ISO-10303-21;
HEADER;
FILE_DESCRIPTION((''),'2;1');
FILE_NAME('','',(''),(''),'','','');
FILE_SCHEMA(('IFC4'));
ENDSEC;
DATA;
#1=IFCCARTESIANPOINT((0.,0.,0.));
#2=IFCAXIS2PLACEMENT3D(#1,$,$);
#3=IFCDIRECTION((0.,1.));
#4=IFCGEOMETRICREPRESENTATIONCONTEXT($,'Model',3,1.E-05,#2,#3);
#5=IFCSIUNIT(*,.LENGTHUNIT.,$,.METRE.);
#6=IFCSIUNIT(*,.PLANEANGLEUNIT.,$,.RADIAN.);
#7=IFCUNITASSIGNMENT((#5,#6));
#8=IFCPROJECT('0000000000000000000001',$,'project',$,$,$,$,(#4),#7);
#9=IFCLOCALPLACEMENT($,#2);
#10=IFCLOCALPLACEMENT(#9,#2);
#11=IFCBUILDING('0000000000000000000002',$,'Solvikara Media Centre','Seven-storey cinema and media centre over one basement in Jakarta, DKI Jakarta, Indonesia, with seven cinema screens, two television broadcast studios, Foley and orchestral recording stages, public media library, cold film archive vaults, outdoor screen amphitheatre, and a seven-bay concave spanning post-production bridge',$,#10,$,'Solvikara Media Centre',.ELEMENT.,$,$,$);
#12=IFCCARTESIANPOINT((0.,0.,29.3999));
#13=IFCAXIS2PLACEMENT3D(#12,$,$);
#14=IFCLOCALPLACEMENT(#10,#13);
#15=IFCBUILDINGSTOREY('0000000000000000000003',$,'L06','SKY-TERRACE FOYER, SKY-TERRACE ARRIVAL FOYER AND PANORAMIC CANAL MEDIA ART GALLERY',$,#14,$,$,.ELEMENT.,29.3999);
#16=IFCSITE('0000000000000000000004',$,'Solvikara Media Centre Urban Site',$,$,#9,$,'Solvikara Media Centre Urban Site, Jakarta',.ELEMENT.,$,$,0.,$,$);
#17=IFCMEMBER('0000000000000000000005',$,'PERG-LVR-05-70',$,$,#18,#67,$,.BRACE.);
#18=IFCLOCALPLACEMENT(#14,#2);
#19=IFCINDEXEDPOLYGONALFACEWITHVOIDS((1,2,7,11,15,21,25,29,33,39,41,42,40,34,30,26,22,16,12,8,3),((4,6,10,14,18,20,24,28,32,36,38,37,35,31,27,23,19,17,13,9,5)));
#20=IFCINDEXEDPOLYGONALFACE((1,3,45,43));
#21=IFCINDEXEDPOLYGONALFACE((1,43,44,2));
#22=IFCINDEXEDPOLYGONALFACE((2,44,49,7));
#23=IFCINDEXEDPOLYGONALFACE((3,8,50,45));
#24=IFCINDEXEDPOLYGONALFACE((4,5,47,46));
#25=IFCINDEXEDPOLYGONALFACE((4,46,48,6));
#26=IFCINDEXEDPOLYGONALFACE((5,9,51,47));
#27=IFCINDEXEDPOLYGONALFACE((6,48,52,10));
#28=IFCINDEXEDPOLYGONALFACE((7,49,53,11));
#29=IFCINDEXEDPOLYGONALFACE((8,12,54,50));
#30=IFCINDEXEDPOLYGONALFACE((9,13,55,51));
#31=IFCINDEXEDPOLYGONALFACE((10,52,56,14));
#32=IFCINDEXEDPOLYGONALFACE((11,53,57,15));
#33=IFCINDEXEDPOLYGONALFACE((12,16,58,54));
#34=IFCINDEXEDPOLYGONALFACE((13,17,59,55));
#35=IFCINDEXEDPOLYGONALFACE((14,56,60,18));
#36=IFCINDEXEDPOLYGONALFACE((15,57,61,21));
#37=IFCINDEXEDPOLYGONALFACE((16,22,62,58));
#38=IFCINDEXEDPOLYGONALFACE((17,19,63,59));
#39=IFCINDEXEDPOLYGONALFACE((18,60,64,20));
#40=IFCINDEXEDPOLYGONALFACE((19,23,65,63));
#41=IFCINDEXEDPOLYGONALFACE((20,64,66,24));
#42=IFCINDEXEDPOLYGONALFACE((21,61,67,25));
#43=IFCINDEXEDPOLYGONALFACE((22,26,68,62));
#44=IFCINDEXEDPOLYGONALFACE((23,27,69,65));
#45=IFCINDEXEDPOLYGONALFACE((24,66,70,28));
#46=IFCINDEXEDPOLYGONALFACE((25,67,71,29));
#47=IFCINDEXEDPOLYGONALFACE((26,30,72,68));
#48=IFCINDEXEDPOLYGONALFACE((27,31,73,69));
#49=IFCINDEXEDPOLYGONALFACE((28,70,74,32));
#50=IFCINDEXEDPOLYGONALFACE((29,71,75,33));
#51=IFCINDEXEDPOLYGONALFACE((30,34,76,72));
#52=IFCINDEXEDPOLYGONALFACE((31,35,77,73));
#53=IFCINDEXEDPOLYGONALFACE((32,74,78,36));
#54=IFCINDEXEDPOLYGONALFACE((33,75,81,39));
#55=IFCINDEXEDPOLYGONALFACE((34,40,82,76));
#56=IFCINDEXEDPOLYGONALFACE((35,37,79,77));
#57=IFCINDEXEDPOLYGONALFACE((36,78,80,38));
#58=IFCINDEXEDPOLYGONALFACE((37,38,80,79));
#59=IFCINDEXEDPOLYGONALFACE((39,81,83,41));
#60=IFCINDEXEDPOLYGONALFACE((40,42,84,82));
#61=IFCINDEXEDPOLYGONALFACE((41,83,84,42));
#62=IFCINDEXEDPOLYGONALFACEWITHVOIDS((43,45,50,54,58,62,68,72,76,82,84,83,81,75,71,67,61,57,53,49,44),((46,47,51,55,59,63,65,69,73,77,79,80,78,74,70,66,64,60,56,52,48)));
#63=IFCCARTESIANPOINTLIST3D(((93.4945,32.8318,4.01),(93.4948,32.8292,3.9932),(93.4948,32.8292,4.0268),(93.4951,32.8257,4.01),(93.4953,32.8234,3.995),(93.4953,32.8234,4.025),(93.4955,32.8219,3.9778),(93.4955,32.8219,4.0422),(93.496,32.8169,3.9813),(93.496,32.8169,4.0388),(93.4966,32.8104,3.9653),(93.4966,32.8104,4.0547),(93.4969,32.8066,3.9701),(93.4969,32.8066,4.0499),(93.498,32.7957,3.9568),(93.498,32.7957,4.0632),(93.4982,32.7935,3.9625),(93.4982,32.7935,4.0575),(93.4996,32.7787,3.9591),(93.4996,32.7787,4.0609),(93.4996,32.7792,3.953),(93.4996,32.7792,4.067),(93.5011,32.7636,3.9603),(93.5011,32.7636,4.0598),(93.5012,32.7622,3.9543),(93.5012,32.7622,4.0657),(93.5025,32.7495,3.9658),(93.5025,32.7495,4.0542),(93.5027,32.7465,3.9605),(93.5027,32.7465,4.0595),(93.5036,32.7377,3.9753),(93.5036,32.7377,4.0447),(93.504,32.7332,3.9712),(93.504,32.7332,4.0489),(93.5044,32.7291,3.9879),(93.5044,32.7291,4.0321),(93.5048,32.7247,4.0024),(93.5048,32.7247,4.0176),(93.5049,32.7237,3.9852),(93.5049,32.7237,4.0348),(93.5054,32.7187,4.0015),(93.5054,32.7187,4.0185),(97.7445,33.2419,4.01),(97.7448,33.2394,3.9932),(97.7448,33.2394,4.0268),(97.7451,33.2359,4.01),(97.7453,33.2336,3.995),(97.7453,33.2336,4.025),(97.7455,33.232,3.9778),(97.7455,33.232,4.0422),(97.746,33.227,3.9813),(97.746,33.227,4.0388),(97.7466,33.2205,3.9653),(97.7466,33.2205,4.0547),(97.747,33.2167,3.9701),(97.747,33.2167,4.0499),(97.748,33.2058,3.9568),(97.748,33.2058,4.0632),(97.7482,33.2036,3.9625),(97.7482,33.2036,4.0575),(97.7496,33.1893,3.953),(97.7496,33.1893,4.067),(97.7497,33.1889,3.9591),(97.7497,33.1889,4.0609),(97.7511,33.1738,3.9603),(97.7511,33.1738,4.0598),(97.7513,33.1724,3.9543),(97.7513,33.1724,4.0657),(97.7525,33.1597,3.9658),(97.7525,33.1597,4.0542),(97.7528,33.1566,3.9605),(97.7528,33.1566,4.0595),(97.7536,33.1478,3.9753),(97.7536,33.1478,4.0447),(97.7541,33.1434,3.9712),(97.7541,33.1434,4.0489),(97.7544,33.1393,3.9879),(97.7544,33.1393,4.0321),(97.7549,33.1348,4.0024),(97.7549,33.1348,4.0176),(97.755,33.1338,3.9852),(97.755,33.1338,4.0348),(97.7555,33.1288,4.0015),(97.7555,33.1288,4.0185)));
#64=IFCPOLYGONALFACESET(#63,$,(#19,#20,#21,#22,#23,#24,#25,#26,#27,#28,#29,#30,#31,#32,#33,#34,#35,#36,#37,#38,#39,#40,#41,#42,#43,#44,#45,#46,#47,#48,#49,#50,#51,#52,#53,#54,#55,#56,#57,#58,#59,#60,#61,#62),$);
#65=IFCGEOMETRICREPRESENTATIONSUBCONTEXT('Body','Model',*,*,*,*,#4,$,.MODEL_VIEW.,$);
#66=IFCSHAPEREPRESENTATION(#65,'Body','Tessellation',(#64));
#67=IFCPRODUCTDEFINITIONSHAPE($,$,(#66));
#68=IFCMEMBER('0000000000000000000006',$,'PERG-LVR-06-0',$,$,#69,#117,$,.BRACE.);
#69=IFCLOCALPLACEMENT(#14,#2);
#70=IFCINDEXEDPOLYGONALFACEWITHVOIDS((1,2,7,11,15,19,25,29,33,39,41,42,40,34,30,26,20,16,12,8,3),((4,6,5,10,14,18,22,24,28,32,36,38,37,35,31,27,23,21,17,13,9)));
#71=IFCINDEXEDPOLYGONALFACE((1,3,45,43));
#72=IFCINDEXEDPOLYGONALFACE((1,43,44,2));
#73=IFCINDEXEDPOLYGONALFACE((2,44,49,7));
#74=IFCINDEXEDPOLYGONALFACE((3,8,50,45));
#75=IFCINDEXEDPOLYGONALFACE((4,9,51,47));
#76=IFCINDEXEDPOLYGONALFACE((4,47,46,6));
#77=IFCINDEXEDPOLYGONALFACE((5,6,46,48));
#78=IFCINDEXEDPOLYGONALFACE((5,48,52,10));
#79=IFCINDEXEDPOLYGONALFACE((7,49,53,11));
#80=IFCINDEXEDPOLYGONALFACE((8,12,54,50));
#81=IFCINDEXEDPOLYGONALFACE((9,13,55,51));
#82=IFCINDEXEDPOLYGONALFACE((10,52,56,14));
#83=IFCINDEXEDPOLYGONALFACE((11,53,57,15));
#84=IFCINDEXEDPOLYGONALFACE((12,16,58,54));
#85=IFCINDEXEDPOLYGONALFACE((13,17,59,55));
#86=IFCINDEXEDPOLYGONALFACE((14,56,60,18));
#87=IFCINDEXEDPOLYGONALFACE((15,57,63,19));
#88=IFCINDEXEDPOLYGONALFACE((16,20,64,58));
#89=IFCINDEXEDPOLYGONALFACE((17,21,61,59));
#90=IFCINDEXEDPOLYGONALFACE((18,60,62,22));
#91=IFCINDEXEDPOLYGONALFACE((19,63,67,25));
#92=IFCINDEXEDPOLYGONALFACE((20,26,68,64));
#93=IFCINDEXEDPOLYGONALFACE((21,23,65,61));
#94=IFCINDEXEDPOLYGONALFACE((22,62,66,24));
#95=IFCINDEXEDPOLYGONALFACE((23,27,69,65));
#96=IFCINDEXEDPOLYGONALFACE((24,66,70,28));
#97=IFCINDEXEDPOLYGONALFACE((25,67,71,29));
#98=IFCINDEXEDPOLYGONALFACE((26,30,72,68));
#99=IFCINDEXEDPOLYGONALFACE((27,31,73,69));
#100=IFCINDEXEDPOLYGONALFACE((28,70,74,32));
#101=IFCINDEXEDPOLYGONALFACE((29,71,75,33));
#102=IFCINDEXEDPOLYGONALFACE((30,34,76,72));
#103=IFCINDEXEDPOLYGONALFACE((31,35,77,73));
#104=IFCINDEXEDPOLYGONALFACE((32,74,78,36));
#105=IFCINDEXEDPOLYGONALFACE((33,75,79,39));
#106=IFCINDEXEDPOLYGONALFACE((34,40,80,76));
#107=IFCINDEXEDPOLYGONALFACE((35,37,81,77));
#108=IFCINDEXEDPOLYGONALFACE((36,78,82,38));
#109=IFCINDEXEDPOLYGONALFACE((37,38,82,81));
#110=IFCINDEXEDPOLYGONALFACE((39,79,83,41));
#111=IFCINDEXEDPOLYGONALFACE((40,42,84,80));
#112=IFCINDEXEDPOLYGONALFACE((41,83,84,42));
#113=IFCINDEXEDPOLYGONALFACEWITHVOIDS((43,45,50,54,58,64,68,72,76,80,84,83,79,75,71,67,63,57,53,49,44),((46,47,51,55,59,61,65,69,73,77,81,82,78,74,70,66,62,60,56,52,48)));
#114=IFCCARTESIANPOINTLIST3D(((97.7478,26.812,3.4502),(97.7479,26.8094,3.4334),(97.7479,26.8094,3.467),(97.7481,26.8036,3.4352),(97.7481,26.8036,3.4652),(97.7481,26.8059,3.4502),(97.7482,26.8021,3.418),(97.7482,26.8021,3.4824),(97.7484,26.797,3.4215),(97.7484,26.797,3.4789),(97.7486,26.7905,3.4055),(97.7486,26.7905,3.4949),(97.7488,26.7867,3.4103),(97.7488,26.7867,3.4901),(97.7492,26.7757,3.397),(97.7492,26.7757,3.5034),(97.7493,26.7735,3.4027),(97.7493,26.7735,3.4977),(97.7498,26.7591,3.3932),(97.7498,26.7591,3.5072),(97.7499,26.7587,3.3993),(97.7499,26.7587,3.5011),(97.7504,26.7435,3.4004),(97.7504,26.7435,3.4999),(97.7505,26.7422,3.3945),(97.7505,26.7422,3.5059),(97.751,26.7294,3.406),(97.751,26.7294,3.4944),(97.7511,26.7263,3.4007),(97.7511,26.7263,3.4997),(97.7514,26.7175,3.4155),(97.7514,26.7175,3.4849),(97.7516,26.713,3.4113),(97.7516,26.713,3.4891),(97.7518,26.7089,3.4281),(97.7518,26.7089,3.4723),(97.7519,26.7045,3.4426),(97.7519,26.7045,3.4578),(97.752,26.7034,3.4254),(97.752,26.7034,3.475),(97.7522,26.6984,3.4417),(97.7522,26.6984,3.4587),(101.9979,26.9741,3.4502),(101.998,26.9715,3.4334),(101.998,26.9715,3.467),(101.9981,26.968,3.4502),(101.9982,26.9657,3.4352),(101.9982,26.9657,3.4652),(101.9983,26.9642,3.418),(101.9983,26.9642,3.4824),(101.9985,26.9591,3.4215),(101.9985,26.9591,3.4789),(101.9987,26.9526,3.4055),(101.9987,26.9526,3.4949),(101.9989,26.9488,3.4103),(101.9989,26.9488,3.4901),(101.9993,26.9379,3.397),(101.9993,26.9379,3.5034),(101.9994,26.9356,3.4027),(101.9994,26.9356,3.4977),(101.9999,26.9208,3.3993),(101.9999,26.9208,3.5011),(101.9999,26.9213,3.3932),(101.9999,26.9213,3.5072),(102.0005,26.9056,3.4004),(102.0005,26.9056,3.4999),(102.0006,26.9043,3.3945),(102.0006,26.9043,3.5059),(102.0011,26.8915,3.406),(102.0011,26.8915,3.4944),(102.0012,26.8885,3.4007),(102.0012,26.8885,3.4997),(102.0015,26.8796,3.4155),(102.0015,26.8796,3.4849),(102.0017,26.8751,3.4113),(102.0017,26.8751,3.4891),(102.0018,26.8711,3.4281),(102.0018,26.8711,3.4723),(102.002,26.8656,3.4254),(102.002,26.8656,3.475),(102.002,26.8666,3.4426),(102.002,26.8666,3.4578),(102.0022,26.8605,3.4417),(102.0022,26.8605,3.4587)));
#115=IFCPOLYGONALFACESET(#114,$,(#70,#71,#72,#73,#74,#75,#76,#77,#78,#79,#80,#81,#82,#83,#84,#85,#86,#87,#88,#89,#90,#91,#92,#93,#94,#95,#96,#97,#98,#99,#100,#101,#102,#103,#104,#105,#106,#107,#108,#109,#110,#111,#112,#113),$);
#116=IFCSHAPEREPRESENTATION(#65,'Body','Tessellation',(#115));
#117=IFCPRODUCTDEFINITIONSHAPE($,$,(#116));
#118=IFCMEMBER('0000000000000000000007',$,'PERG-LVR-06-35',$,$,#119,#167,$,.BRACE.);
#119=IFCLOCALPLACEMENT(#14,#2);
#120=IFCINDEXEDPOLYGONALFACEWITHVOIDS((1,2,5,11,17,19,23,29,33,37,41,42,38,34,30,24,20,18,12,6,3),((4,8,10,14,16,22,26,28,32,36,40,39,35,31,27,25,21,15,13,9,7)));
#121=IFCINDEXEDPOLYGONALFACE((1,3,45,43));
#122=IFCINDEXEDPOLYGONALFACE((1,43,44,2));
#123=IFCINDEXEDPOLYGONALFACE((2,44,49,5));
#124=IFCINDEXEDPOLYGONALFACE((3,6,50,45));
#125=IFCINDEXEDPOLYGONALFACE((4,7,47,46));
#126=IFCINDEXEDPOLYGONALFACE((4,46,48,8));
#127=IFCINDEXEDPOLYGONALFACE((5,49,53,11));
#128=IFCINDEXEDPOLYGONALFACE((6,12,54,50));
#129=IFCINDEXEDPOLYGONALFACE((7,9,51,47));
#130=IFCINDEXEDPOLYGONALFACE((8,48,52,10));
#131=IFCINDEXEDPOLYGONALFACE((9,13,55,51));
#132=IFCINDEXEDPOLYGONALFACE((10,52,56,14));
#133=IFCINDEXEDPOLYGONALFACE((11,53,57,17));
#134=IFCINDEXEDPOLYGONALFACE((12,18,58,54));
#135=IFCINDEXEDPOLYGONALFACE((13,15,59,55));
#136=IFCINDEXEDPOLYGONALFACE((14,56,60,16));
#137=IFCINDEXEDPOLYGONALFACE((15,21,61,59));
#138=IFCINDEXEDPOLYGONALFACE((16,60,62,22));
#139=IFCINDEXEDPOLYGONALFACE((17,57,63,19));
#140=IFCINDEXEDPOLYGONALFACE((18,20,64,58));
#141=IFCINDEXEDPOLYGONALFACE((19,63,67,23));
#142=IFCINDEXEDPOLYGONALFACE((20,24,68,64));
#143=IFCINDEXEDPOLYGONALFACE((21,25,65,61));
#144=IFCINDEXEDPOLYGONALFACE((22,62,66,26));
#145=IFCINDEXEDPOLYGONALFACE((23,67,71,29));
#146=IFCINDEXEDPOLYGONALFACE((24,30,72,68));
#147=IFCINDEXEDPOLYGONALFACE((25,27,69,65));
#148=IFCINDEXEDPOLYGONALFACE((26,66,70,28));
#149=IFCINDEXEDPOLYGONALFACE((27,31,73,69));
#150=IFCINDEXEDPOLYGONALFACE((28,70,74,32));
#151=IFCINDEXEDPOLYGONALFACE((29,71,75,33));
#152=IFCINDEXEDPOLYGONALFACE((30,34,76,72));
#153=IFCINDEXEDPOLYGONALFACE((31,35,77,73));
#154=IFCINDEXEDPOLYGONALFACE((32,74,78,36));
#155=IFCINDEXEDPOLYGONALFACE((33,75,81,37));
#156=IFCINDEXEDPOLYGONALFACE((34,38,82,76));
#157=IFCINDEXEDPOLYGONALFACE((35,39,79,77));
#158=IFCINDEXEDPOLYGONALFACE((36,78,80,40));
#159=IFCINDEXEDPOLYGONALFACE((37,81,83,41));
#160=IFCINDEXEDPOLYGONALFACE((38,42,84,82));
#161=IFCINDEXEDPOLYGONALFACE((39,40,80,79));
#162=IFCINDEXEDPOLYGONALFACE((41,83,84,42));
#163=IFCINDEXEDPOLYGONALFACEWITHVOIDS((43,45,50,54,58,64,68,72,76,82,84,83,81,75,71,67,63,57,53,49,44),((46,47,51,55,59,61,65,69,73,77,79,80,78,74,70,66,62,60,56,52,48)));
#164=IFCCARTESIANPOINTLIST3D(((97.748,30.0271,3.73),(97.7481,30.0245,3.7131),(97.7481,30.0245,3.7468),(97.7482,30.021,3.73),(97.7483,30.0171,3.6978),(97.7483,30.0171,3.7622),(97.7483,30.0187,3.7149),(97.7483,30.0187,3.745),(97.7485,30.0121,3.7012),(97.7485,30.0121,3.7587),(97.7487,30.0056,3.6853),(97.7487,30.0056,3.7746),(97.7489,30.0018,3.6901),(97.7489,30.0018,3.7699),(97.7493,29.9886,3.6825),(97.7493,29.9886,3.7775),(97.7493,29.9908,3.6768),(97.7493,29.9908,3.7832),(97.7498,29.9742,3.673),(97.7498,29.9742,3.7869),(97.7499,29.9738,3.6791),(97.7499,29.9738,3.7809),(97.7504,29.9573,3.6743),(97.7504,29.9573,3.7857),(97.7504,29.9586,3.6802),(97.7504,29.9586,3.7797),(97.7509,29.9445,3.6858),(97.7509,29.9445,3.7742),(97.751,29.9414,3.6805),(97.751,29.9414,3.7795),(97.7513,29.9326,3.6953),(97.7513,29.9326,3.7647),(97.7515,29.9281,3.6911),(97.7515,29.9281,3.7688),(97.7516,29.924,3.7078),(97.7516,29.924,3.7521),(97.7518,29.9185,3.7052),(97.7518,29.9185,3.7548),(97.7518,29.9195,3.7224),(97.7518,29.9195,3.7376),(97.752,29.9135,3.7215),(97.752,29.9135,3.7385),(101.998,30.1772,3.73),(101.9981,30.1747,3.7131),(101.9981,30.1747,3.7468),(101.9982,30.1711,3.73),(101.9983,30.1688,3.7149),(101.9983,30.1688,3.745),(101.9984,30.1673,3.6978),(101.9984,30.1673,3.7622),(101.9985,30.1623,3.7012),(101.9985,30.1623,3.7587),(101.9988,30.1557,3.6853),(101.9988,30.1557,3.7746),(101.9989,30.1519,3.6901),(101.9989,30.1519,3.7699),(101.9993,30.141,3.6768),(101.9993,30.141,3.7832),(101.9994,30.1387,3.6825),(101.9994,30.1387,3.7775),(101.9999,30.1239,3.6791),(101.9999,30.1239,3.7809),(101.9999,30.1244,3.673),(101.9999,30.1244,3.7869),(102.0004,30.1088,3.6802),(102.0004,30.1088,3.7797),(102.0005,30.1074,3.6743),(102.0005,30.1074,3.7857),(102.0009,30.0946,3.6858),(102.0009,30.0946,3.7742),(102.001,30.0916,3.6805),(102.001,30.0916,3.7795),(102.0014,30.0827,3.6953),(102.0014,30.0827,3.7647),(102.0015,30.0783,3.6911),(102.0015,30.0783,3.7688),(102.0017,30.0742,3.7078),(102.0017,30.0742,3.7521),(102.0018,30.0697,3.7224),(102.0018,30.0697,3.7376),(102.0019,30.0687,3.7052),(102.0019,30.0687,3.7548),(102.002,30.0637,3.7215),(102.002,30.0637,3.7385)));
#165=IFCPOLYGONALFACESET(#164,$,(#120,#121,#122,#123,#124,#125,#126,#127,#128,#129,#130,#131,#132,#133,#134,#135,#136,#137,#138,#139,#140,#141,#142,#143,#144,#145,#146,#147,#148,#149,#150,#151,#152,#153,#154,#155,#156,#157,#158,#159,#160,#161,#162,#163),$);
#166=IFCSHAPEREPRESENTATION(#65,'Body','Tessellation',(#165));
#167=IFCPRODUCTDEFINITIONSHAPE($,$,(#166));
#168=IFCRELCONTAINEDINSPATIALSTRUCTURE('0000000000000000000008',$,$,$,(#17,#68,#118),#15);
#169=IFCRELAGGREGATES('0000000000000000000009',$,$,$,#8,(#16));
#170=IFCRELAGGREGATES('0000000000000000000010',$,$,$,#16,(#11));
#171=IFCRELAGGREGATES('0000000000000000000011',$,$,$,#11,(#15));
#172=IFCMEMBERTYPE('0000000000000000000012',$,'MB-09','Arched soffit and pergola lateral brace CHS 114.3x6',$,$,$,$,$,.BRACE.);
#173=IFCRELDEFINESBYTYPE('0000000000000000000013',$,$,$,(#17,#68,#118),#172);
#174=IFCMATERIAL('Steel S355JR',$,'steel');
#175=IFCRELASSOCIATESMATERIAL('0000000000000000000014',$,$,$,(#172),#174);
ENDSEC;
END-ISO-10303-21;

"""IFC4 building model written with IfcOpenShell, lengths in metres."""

from ifc_helpers import new_model, si_unit, direction, frame, origin, origin_2d, place, context, subcontext, project, spatial, hollow_circle, extrude, material, material_profile, profile_set, type_object, element, save


model = new_model("IFC4")

# Units and contexts
model_context = context("Model", 3, precision=1e-05, world=origin(), true_north=direction((0.0, 1.0)))
body_context = subcontext(model_context, "Body", "Model", "MODEL_VIEW")
ifc_project = project(units=[si_unit("LENGTHUNIT", "METRE"), si_unit("PLANEANGLEUNIT", "RADIAN")], contexts=[model_context])

# Site, building, storey
site_placement = place(None, origin())
site = spatial("IfcSite", under=ifc_project, at=site_placement, Name="Solvikara Media Centre Urban Site", LongName="Solvikara Media Centre Urban Site, Jakarta", CompositionType="ELEMENT", RefElevation=0.0)
building_placement = place(site_placement, origin())
building = spatial("IfcBuilding", under=site, at=building_placement, Name="Solvikara Media Centre", Description="Seven-storey cinema and media centre over one basement in Jakarta, DKI Jakarta, Indonesia, with seven cinema screens, two television broadcast studios, Foley and orchestral recording stages, public media library, cold film archive vaults, outdoor screen amphitheatre, and a seven-bay concave spanning post-production bridge", LongName="Solvikara Media Centre", CompositionType="ELEMENT")
storey_placement = place(building_placement, frame((0.0, 0.0, 29.3999)))
storey = spatial("IfcBuildingStorey", under=building, at=storey_placement, Name="L06", Description="SKY-TERRACE FOYER, SKY-TERRACE ARRIVAL FOYER AND PANORAMIC CANAL MEDIA ART GALLERY", CompositionType="ELEMENT", Elevation=29.3999)

# Shared definitions
ifc_material_1 = material(Name="Steel S355JR", Category="steel")

# Members
ifc_material_profile_1 = material_profile(ifc_material_1, hollow_circle(Radius=0.0571, WallThickness=0.0061, at=origin_2d()), Name="CHS 114.3x6")
ifc_profile_set_1 = profile_set([ifc_material_profile_1], Name="Steel S355JR")
member_type_1 = type_object("IfcMemberType", Name="MB-09", Description="Arched soffit and pergola lateral brace CHS 114.3x6", PredefinedType="BRACE", material=ifc_profile_set_1)
member_1_placement = place(storey_placement, frame((93.5, 32.7749, 4.01), z_axis=(0.995375, 0.096061, 0.0), x_axis=(-0.096061, 0.995375, 0.0)))
element("IfcMember", 1, at=member_1_placement, inside=storey, type_object=member_type_1, Name="PERG-LVR-05-70", PredefinedType="BRACE", context=body_context, shape_type="SweptSolid", body=[
    extrude(hollow_circle(Radius=0.0571, WallThickness=0.0061, at=origin_2d()), origin(), (0.0, 0.0, 1.0), 4.2698),
])
member_2_placement = place(storey_placement, frame((97.75, 26.7549, 3.4502), z_axis=(0.999273, 0.038116, 0.0), x_axis=(-0.038116, 0.999273, 0.0)))
element("IfcMember", 2, at=member_2_placement, inside=storey, type_object=member_type_1, Name="PERG-LVR-06-0", PredefinedType="BRACE", context=body_context, shape_type="SweptSolid", body=[
    extrude(hollow_circle(Radius=0.0571, WallThickness=0.0061, at=origin_2d()), origin(), (0.0, 0.0, 1.0), 4.2532),
])
member_3_placement = place(storey_placement, frame((97.75, 29.97, 3.73), z_axis=(0.999377, 0.035307, 0.0), x_axis=(-0.035307, 0.999377, 0.0)))
element("IfcMember", 3, at=member_3_placement, inside=storey, type_object=member_type_1, Name="PERG-LVR-06-35", PredefinedType="BRACE", context=body_context, shape_type="SweptSolid", body=[
    extrude(hollow_circle(Radius=0.0571, WallThickness=0.0061, at=origin_2d()), origin(), (0.0, 0.0, 1.0), 4.2527),
])

save(model, "model.ifc")
